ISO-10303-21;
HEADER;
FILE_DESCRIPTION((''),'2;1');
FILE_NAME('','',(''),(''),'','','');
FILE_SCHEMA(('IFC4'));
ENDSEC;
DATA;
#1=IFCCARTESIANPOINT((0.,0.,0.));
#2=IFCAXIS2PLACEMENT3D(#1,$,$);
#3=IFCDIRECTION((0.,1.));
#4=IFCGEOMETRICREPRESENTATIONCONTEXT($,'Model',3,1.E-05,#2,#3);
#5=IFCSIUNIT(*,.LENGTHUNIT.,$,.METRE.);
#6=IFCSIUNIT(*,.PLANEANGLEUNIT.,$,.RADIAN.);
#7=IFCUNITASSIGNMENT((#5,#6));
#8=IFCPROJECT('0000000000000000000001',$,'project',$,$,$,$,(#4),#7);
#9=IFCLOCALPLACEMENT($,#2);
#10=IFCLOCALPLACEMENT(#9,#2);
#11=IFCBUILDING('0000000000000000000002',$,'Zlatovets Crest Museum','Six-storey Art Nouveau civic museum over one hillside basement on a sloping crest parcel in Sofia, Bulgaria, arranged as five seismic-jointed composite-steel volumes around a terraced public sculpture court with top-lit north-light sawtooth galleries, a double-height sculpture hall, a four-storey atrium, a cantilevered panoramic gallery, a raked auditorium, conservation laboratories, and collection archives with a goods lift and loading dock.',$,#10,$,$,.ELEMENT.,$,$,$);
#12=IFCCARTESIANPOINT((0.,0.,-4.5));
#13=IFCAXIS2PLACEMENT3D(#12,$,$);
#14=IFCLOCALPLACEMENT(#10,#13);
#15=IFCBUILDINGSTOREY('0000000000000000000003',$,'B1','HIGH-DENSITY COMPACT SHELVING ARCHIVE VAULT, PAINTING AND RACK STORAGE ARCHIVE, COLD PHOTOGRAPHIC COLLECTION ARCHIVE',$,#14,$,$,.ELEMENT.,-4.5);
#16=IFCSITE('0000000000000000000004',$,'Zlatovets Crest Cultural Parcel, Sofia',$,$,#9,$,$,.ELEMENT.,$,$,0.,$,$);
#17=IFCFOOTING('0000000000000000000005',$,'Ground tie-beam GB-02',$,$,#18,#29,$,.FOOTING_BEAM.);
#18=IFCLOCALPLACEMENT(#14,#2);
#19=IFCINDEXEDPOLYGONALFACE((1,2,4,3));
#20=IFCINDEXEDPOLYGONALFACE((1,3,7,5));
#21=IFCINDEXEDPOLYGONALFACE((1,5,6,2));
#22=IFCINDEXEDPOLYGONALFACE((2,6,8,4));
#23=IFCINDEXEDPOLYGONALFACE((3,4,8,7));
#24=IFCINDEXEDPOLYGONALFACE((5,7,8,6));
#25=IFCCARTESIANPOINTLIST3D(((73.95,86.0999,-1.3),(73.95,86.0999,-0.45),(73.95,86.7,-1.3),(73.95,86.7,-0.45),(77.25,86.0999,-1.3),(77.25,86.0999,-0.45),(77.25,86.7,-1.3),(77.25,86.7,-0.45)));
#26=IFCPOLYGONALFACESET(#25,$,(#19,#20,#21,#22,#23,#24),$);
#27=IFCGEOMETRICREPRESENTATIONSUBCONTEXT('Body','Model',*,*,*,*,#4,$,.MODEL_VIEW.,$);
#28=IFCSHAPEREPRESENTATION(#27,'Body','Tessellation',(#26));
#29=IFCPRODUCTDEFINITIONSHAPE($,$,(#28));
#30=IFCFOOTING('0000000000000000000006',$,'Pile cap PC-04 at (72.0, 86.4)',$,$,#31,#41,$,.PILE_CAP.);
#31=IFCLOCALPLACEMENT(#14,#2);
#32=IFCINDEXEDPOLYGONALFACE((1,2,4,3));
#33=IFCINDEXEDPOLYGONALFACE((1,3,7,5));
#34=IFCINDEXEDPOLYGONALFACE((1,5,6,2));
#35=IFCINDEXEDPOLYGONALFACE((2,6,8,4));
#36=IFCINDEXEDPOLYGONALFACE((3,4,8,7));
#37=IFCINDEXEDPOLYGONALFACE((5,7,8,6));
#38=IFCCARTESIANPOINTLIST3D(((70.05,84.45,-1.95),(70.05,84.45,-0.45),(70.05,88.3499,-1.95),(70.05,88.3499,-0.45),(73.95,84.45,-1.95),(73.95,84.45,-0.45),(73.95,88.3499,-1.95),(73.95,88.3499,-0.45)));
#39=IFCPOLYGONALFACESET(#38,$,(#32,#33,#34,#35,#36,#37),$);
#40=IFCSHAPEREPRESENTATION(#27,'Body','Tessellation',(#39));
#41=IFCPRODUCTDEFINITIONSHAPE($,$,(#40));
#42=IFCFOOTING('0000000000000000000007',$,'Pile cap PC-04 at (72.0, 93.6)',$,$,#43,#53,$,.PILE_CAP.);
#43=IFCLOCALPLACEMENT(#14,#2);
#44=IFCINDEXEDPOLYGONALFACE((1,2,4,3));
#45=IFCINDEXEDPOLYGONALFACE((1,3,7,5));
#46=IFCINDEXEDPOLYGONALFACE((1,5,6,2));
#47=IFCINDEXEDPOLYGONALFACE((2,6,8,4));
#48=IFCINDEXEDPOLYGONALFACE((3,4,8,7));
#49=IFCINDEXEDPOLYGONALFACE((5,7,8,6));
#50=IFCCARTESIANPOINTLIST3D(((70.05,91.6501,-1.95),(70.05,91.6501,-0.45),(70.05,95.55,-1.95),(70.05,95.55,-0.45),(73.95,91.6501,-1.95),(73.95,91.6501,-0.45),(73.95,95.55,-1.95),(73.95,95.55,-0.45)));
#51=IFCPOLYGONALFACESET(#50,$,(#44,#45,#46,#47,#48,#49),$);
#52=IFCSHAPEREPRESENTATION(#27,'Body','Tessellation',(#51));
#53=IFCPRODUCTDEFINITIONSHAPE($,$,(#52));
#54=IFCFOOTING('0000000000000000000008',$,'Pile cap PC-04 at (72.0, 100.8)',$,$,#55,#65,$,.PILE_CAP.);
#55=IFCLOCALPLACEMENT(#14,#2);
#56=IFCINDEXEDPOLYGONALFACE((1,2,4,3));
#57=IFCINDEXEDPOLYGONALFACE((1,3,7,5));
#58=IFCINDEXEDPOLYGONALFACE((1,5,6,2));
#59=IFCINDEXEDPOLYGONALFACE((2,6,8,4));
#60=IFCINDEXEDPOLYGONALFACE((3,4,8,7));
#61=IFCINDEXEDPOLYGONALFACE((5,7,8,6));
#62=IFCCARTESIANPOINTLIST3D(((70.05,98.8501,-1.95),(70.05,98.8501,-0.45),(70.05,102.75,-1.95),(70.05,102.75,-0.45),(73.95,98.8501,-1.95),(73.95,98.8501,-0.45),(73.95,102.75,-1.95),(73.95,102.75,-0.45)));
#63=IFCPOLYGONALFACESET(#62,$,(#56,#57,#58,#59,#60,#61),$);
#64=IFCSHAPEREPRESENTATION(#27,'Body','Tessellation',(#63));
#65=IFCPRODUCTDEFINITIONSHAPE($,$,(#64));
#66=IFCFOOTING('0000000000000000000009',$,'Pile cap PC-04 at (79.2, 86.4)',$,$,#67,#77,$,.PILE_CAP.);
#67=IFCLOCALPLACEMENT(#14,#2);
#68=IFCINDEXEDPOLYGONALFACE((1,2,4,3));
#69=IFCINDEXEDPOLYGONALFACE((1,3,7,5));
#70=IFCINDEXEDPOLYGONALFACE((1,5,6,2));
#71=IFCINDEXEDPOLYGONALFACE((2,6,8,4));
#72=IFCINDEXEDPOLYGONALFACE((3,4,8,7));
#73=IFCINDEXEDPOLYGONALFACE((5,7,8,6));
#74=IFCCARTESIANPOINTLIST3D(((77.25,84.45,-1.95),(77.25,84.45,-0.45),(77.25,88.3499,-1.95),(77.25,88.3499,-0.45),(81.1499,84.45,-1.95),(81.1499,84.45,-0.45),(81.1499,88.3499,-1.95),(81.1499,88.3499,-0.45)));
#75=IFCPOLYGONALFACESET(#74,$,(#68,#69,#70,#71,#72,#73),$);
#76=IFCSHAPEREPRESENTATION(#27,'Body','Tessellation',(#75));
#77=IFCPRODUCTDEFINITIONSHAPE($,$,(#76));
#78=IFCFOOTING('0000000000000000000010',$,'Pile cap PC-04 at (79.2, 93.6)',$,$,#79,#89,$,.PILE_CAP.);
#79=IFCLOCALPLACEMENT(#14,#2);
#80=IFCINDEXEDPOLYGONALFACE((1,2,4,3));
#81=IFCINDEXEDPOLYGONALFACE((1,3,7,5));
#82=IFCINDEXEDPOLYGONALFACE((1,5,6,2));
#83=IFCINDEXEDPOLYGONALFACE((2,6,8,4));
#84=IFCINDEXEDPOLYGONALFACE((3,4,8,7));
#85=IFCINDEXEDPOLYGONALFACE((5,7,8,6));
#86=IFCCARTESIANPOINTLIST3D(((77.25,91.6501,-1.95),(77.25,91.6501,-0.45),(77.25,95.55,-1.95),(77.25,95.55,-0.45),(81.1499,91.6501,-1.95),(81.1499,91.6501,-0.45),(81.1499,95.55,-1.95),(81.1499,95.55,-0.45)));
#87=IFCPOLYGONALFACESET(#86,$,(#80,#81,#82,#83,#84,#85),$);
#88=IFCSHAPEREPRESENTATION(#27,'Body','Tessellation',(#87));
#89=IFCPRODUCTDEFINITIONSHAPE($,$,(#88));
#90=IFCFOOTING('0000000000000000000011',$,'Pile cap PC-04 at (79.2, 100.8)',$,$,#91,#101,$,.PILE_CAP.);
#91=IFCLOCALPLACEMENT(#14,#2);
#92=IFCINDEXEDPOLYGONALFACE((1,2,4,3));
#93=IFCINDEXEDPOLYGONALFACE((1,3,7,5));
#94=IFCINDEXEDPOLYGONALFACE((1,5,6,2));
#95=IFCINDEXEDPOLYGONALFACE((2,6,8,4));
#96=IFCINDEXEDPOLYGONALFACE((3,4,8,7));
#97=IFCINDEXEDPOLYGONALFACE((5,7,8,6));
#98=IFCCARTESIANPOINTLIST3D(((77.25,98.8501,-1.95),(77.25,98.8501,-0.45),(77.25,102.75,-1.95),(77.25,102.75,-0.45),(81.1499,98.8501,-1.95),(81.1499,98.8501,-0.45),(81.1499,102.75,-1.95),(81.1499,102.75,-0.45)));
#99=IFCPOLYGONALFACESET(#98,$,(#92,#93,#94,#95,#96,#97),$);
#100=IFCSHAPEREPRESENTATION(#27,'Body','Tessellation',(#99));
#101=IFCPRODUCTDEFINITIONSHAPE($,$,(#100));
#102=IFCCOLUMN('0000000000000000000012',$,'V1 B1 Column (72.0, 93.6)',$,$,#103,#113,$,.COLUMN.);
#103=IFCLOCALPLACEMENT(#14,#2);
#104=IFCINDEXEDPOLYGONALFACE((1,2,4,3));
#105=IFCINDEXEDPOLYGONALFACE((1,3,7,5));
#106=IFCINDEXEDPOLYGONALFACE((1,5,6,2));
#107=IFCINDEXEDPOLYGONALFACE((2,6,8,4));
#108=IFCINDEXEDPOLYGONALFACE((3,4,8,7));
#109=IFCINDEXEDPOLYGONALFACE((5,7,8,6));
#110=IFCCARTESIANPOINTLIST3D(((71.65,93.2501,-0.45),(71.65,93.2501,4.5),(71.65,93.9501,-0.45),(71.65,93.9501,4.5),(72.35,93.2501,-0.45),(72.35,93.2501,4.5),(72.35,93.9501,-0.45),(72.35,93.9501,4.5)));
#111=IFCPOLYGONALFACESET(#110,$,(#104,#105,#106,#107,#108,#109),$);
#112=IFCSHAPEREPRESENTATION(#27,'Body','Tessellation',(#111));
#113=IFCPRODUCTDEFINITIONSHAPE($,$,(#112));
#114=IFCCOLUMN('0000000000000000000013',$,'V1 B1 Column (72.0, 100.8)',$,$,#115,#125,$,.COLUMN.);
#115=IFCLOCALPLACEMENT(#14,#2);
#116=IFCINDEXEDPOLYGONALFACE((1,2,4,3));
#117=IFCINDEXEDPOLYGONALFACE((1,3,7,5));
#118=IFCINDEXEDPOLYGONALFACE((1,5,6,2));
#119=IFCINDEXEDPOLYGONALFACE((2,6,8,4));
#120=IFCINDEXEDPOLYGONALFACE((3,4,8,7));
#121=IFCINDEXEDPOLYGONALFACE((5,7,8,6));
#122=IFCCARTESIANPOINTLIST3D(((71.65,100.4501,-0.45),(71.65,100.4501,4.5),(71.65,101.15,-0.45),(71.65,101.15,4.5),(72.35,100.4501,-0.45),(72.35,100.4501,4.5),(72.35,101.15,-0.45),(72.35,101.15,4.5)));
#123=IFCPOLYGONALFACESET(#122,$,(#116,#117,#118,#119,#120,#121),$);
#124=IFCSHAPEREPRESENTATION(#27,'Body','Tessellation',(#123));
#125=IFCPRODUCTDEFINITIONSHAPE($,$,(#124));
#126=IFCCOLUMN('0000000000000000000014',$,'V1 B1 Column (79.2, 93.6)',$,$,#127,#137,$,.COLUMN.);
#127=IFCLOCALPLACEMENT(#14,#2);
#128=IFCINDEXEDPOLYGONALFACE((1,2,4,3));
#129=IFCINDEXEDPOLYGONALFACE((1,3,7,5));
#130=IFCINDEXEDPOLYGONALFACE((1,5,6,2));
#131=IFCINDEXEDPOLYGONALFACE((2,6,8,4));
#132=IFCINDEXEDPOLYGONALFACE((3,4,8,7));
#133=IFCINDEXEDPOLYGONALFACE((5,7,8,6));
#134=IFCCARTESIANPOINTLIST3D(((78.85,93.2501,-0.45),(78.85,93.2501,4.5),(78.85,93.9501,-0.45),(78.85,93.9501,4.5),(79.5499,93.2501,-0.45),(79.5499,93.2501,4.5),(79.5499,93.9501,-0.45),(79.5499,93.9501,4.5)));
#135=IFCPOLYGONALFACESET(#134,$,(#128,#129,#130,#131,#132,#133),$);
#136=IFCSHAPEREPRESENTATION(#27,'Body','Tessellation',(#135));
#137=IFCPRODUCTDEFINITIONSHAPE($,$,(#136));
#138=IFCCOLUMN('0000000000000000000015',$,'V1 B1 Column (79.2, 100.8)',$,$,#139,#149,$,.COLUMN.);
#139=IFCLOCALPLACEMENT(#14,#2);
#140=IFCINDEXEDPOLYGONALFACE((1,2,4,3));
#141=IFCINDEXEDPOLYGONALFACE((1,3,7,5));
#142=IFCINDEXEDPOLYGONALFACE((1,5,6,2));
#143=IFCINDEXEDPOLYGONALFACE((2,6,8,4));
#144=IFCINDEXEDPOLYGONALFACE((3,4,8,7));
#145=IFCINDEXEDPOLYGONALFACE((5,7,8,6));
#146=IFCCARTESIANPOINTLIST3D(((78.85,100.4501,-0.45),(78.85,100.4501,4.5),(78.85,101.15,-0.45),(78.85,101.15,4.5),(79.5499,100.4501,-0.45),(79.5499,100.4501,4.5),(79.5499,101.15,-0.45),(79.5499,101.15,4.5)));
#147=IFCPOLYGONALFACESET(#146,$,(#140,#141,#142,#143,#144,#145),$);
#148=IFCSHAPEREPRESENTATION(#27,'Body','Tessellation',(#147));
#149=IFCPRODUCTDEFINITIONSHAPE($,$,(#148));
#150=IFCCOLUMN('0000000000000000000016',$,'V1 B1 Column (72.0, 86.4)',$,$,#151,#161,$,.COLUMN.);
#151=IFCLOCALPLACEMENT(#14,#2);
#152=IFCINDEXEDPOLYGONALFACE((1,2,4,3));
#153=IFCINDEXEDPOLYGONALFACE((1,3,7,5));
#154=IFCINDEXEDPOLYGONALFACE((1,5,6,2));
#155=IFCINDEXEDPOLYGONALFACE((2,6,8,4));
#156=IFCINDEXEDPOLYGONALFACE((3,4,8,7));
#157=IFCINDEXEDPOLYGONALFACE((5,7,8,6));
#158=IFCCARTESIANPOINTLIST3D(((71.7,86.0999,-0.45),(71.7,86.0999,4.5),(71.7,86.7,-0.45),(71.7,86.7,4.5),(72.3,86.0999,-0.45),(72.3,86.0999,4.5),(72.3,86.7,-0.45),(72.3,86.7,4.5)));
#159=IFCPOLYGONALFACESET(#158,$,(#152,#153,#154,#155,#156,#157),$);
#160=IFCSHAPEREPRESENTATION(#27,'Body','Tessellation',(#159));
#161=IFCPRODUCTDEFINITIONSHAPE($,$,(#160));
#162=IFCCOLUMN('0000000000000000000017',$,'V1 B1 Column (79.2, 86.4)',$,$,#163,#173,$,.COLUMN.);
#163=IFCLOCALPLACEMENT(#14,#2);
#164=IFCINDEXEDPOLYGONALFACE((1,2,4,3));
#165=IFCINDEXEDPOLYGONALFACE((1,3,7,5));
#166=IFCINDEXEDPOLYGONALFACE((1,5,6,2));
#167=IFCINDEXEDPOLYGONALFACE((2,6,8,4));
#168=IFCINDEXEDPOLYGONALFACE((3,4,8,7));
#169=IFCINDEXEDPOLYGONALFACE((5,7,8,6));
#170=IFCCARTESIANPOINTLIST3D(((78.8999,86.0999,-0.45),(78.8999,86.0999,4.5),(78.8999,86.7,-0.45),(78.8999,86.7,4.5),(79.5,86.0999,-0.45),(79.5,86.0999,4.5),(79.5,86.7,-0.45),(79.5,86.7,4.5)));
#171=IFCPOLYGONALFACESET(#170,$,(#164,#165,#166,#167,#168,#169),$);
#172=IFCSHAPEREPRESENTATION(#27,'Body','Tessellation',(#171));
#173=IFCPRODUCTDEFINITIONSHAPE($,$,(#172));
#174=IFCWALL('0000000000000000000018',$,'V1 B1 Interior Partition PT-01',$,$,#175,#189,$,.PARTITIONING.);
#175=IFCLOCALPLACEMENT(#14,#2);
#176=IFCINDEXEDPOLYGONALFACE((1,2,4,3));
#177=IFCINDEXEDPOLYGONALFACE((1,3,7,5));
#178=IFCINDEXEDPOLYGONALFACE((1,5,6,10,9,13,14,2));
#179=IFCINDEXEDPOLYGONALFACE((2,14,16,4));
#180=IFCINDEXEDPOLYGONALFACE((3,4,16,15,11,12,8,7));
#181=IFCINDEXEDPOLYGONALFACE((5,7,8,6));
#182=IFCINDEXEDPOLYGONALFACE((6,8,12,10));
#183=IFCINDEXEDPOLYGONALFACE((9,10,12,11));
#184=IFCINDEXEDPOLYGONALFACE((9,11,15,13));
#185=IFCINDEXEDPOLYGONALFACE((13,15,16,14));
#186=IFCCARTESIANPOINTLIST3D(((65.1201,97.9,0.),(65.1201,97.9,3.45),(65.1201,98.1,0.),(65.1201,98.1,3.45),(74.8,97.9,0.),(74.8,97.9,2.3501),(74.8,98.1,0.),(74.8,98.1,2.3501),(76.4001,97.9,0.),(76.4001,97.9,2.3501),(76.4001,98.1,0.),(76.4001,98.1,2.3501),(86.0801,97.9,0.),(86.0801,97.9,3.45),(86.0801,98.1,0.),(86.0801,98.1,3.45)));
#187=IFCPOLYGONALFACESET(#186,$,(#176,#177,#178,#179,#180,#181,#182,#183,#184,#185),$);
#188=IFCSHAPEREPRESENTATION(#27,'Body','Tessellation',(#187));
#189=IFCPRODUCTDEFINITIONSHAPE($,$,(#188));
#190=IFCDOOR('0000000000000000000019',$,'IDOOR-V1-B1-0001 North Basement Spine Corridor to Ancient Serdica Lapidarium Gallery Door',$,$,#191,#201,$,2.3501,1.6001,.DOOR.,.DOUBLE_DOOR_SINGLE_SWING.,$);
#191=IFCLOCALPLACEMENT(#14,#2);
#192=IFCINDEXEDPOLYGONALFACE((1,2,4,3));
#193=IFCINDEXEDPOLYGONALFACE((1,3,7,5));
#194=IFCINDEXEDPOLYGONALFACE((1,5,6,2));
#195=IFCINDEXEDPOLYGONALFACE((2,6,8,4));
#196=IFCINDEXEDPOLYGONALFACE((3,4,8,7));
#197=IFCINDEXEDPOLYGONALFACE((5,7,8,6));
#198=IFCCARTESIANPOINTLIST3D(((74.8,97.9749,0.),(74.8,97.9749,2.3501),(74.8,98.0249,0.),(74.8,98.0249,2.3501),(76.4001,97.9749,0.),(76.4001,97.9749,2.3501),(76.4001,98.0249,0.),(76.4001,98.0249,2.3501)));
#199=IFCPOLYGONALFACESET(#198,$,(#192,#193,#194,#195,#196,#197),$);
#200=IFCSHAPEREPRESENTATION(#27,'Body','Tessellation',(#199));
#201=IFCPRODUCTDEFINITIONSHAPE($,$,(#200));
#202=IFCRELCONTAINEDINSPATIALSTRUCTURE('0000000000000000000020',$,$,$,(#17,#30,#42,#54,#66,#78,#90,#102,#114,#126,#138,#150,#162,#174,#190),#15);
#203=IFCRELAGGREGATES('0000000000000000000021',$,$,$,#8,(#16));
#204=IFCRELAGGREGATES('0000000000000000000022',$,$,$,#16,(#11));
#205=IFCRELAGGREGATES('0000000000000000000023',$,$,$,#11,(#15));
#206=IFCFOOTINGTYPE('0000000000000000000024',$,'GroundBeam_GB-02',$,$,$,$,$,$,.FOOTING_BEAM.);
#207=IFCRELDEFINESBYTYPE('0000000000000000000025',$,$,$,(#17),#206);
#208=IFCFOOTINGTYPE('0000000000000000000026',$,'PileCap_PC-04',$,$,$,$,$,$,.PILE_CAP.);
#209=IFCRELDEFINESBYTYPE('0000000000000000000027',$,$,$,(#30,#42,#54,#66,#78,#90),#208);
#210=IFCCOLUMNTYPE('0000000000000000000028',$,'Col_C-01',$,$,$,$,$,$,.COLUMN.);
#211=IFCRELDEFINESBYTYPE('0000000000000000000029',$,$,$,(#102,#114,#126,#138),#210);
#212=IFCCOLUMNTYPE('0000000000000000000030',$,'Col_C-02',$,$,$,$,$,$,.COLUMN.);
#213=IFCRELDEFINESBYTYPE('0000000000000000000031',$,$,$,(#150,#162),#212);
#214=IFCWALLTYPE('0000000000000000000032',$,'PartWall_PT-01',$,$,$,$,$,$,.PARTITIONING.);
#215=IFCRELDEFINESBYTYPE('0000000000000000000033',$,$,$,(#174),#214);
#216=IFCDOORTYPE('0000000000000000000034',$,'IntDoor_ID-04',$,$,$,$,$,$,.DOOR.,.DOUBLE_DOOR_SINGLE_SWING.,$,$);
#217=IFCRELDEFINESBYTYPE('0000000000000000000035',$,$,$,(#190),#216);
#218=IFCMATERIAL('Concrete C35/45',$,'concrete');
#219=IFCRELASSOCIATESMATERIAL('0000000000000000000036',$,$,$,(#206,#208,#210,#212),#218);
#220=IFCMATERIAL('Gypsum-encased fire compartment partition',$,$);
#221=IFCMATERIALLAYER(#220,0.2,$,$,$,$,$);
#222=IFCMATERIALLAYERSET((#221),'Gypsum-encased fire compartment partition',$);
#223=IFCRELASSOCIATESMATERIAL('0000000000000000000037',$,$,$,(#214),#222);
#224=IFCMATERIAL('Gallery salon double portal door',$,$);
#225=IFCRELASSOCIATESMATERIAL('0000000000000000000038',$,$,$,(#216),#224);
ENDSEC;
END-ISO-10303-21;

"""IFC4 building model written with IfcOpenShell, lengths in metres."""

from ifc_helpers import new_model, si_unit, direction, frame, frame_2d, origin, origin_2d, place, context, subcontext, project, spatial, rectangle, extrude, material, layer, layer_set, material_profile, profile_set, type_object, element, fill, save


model = new_model("IFC4")

# Units and contexts
model_context = context("Model", 3, precision=1e-05, world=origin(), true_north=direction((0.0, 1.0)))
body_context = subcontext(model_context, "Body", "Model", "MODEL_VIEW")
ifc_project = project(units=[si_unit("LENGTHUNIT", "METRE"), si_unit("PLANEANGLEUNIT", "RADIAN")], contexts=[model_context])

# Site, building, storey
site_placement = place(None, origin())
site = spatial("IfcSite", under=ifc_project, at=site_placement, Name="Zlatovets Crest Cultural Parcel, Sofia", CompositionType="ELEMENT", RefElevation=0.0)
building_placement = place(site_placement, origin())
building = spatial("IfcBuilding", under=site, at=building_placement, Name="Zlatovets Crest Museum", Description="Six-storey Art Nouveau civic museum over one hillside basement on a sloping crest parcel in Sofia, Bulgaria, arranged as five seismic-jointed composite-steel volumes around a terraced public sculpture court with top-lit north-light sawtooth galleries, a double-height sculpture hall, a four-storey atrium, a cantilevered panoramic gallery, a raked auditorium, conservation laboratories, and collection archives with a goods lift and loading dock.", CompositionType="ELEMENT")
storey_placement = place(building_placement, frame((0.0, 0.0, -4.5)))
storey = spatial("IfcBuildingStorey", under=building, at=storey_placement, Name="B1", Description="HIGH-DENSITY COMPACT SHELVING ARCHIVE VAULT, PAINTING AND RACK STORAGE ARCHIVE, COLD PHOTOGRAPHIC COLLECTION ARCHIVE", CompositionType="ELEMENT", Elevation=-4.5)

# Shared definitions
ifc_material_1 = material(Name="Concrete C35/45", Category="concrete")

# Footings
ifc_material_profile_1 = material_profile(ifc_material_1, rectangle(XDim=0.6001, YDim=0.8501, at=origin_2d()), Name="RC 600x850")
ifc_profile_set_1 = profile_set([ifc_material_profile_1], Name="Concrete C35/45")
footing_type_1 = type_object("IfcFootingType", Name="GroundBeam_GB-02", PredefinedType="FOOTING_BEAM", material=ifc_profile_set_1)
for number, where, z_axis, x_axis, name in (
    (1, (73.95, 86.3999, -0.875), (1.0, 0.0, 0.0), (0.0, 1.0, 0.0), "Ground tie-beam GB-02"),
):
    element("IfcFooting", number, at=place(storey_placement, frame(where, z_axis=z_axis, x_axis=x_axis)), inside=storey, type_object=footing_type_1, Name=name, PredefinedType="FOOTING_BEAM", context=body_context, shape_type="SweptSolid", body=[
        extrude(rectangle(XDim=0.6001, YDim=0.8501, at=origin_2d()), origin(), (0.0, 0.0, 1.0), 3.3),
    ])
footing_type_2 = type_object("IfcFootingType", Name="PileCap_PC-04", PredefinedType="PILE_CAP", material=ifc_material_1)
for number, where, z_axis, x_axis, name in (
    (2, (72.0, 86.3999, -1.95), (0.0, 0.0, 1.0), (1.0, 0.0, 0.0), "Pile cap PC-04 at (72.0, 86.4)"),
    (3, (72.0, 93.6001, -1.95), (0.0, 0.0, 1.0), (1.0, 0.0, 0.0), "Pile cap PC-04 at (72.0, 93.6)"),
    (4, (72.0, 100.8, -1.95), (0.0, 0.0, 1.0), (1.0, 0.0, 0.0), "Pile cap PC-04 at (72.0, 100.8)"),
    (5, (79.2, 86.3999, -1.95), (0.0, 0.0, 1.0), (1.0, 0.0, 0.0), "Pile cap PC-04 at (79.2, 86.4)"),
    (6, (79.2, 93.6001, -1.95), (0.0, 0.0, 1.0), (1.0, 0.0, 0.0), "Pile cap PC-04 at (79.2, 93.6)"),
    (7, (79.2, 100.8, -1.95), (0.0, 0.0, 1.0), (1.0, 0.0, 0.0), "Pile cap PC-04 at (79.2, 100.8)"),
):
    element("IfcFooting", number, at=place(storey_placement, frame(where, z_axis=z_axis, x_axis=x_axis)), inside=storey, type_object=footing_type_2, Name=name, PredefinedType="PILE_CAP", context=body_context, shape_type="SweptSolid", body=[
        extrude(rectangle(XDim=3.8999, YDim=3.8999, at=origin_2d()), origin(), (0.0, 0.0, 1.0), 1.5),
    ])

# Columns
ifc_material_profile_2 = material_profile(ifc_material_1, rectangle(XDim=0.7, YDim=0.7, at=origin_2d()), Name="RC 700x700")
ifc_profile_set_2 = profile_set([ifc_material_profile_2], Name="Concrete C35/45")
column_type_1 = type_object("IfcColumnType", Name="Col_C-01", PredefinedType="COLUMN", material=ifc_profile_set_2)
for number, where, z_axis, x_axis, name in (
    (8, (72.0, 93.6001, -0.45), (0.0, 0.0, 1.0), (0.0, 1.0, 0.0), "V1 B1 Column (72.0, 93.6)"),
    (9, (72.0, 100.8, -0.45), (0.0, 0.0, 1.0), (1.0, 0.0, 0.0), "V1 B1 Column (72.0, 100.8)"),
    (10, (79.2, 93.6001, -0.45), (0.0, 0.0, 1.0), (1.0, 0.0, 0.0), "V1 B1 Column (79.2, 93.6)"),
    (11, (79.2, 100.8, -0.45), (0.0, 0.0, 1.0), (0.0, 1.0, 0.0), "V1 B1 Column (79.2, 100.8)"),
):
    element("IfcColumn", number, at=place(storey_placement, frame(where, z_axis=z_axis, x_axis=x_axis)), inside=storey, type_object=column_type_1, Name=name, PredefinedType="COLUMN", context=body_context, shape_type="SweptSolid", body=[
        extrude(rectangle(XDim=0.7, YDim=0.7, at=origin_2d()), origin(), (0.0, 0.0, 1.0), 4.95),
    ])
ifc_material_profile_3 = material_profile(ifc_material_1, rectangle(XDim=0.6001, YDim=0.6001, at=origin_2d()), Name="RC 600x600")
ifc_profile_set_3 = profile_set([ifc_material_profile_3], Name="Concrete C35/45")
column_type_2 = type_object("IfcColumnType", Name="Col_C-02", PredefinedType="COLUMN", material=ifc_profile_set_3)
for number, where, z_axis, x_axis, name in (
    (12, (72.0, 86.3999, -0.45), (0.0, 0.0, 1.0), (1.0, 0.0, 0.0), "V1 B1 Column (72.0, 86.4)"),
    (13, (79.2, 86.3999, -0.45), (0.0, 0.0, 1.0), (0.0, 1.0, 0.0), "V1 B1 Column (79.2, 86.4)"),
):
    element("IfcColumn", number, at=place(storey_placement, frame(where, z_axis=z_axis, x_axis=x_axis)), inside=storey, type_object=column_type_2, Name=name, PredefinedType="COLUMN", context=body_context, shape_type="SweptSolid", body=[
        extrude(rectangle(XDim=0.6001, YDim=0.6001, at=origin_2d()), origin(), (0.0, 0.0, 1.0), 4.95),
    ])

# Wall, opening, door
ifc_material_2 = material(Name="Gypsum-encased fire compartment partition")
ifc_layer = layer(ifc_material_2, 0.2)
ifc_layer_set = layer_set([ifc_layer], Name="Gypsum-encased fire compartment partition")
wall_type = type_object("IfcWallType", Name="PartWall_PT-01", PredefinedType="PARTITIONING", material=ifc_layer_set)
wall_1_placement = place(storey_placement, frame((65.1201, 98.0, 0.0), z_axis=(0.0, 0.0, 1.0), x_axis=(1.0, 0.0, 0.0)))
wall_1 = element("IfcWall", 14, at=wall_1_placement, inside=storey, type_object=wall_type, Name="V1 B1 Interior Partition PT-01", PredefinedType="PARTITIONING", context=body_context, shape_type="SweptSolid", body=[
    extrude(rectangle(XDim=20.96, YDim=0.2, at=frame_2d((10.48, 0.0))), origin(), (0.0, 0.0, 1.0), 3.45),
])
opening_1_placement = place(wall_1_placement, frame((9.6799, 0.0, 0.0)))
opening_1 = element("IfcOpeningElement", 15, at=opening_1_placement, cuts=wall_1, PredefinedType="OPENING", context=body_context, shape_type="SweptSolid", body=[
    extrude(rectangle(XDim=1.6001, YDim=2.3501, at=frame_2d((0.8, 1.175))), frame((0.0, 0.1099, 0.0), z_axis=(0.0, -1.0, 0.0), x_axis=(1.0, 0.0, 0.0)), (0.0, 0.0, 1.0), 0.22),
])
ifc_material_3 = material(Name="Gallery salon double portal door")
door_type_1 = type_object("IfcDoorType", Name="IntDoor_ID-04", OperationType="DOUBLE_DOOR_SINGLE_SWING", PredefinedType="DOOR", material=ifc_material_3)
door_1_placement = place(opening_1_placement, origin())
door_1 = element("IfcDoor", 16, at=door_1_placement, inside=storey, type_object=door_type_1, Name="IDOOR-V1-B1-0001 North Basement Spine Corridor to Ancient Serdica Lapidarium Gallery Door", OperationType="DOUBLE_DOOR_SINGLE_SWING", OverallHeight=2.3501, OverallWidth=1.6001, PredefinedType="DOOR", context=body_context, shape_type="SweptSolid", body=[
    extrude(rectangle(XDim=1.6001, YDim=2.3501, at=frame_2d((0.8, 1.175))), frame((0.0, 0.0249, 0.0), z_axis=(0.0, -1.0, 0.0), x_axis=(1.0, 0.0, 0.0)), (0.0, 0.0, 1.0), 0.05),
])
fill(opening_1, door_1)

save(model, "model.ifc")
